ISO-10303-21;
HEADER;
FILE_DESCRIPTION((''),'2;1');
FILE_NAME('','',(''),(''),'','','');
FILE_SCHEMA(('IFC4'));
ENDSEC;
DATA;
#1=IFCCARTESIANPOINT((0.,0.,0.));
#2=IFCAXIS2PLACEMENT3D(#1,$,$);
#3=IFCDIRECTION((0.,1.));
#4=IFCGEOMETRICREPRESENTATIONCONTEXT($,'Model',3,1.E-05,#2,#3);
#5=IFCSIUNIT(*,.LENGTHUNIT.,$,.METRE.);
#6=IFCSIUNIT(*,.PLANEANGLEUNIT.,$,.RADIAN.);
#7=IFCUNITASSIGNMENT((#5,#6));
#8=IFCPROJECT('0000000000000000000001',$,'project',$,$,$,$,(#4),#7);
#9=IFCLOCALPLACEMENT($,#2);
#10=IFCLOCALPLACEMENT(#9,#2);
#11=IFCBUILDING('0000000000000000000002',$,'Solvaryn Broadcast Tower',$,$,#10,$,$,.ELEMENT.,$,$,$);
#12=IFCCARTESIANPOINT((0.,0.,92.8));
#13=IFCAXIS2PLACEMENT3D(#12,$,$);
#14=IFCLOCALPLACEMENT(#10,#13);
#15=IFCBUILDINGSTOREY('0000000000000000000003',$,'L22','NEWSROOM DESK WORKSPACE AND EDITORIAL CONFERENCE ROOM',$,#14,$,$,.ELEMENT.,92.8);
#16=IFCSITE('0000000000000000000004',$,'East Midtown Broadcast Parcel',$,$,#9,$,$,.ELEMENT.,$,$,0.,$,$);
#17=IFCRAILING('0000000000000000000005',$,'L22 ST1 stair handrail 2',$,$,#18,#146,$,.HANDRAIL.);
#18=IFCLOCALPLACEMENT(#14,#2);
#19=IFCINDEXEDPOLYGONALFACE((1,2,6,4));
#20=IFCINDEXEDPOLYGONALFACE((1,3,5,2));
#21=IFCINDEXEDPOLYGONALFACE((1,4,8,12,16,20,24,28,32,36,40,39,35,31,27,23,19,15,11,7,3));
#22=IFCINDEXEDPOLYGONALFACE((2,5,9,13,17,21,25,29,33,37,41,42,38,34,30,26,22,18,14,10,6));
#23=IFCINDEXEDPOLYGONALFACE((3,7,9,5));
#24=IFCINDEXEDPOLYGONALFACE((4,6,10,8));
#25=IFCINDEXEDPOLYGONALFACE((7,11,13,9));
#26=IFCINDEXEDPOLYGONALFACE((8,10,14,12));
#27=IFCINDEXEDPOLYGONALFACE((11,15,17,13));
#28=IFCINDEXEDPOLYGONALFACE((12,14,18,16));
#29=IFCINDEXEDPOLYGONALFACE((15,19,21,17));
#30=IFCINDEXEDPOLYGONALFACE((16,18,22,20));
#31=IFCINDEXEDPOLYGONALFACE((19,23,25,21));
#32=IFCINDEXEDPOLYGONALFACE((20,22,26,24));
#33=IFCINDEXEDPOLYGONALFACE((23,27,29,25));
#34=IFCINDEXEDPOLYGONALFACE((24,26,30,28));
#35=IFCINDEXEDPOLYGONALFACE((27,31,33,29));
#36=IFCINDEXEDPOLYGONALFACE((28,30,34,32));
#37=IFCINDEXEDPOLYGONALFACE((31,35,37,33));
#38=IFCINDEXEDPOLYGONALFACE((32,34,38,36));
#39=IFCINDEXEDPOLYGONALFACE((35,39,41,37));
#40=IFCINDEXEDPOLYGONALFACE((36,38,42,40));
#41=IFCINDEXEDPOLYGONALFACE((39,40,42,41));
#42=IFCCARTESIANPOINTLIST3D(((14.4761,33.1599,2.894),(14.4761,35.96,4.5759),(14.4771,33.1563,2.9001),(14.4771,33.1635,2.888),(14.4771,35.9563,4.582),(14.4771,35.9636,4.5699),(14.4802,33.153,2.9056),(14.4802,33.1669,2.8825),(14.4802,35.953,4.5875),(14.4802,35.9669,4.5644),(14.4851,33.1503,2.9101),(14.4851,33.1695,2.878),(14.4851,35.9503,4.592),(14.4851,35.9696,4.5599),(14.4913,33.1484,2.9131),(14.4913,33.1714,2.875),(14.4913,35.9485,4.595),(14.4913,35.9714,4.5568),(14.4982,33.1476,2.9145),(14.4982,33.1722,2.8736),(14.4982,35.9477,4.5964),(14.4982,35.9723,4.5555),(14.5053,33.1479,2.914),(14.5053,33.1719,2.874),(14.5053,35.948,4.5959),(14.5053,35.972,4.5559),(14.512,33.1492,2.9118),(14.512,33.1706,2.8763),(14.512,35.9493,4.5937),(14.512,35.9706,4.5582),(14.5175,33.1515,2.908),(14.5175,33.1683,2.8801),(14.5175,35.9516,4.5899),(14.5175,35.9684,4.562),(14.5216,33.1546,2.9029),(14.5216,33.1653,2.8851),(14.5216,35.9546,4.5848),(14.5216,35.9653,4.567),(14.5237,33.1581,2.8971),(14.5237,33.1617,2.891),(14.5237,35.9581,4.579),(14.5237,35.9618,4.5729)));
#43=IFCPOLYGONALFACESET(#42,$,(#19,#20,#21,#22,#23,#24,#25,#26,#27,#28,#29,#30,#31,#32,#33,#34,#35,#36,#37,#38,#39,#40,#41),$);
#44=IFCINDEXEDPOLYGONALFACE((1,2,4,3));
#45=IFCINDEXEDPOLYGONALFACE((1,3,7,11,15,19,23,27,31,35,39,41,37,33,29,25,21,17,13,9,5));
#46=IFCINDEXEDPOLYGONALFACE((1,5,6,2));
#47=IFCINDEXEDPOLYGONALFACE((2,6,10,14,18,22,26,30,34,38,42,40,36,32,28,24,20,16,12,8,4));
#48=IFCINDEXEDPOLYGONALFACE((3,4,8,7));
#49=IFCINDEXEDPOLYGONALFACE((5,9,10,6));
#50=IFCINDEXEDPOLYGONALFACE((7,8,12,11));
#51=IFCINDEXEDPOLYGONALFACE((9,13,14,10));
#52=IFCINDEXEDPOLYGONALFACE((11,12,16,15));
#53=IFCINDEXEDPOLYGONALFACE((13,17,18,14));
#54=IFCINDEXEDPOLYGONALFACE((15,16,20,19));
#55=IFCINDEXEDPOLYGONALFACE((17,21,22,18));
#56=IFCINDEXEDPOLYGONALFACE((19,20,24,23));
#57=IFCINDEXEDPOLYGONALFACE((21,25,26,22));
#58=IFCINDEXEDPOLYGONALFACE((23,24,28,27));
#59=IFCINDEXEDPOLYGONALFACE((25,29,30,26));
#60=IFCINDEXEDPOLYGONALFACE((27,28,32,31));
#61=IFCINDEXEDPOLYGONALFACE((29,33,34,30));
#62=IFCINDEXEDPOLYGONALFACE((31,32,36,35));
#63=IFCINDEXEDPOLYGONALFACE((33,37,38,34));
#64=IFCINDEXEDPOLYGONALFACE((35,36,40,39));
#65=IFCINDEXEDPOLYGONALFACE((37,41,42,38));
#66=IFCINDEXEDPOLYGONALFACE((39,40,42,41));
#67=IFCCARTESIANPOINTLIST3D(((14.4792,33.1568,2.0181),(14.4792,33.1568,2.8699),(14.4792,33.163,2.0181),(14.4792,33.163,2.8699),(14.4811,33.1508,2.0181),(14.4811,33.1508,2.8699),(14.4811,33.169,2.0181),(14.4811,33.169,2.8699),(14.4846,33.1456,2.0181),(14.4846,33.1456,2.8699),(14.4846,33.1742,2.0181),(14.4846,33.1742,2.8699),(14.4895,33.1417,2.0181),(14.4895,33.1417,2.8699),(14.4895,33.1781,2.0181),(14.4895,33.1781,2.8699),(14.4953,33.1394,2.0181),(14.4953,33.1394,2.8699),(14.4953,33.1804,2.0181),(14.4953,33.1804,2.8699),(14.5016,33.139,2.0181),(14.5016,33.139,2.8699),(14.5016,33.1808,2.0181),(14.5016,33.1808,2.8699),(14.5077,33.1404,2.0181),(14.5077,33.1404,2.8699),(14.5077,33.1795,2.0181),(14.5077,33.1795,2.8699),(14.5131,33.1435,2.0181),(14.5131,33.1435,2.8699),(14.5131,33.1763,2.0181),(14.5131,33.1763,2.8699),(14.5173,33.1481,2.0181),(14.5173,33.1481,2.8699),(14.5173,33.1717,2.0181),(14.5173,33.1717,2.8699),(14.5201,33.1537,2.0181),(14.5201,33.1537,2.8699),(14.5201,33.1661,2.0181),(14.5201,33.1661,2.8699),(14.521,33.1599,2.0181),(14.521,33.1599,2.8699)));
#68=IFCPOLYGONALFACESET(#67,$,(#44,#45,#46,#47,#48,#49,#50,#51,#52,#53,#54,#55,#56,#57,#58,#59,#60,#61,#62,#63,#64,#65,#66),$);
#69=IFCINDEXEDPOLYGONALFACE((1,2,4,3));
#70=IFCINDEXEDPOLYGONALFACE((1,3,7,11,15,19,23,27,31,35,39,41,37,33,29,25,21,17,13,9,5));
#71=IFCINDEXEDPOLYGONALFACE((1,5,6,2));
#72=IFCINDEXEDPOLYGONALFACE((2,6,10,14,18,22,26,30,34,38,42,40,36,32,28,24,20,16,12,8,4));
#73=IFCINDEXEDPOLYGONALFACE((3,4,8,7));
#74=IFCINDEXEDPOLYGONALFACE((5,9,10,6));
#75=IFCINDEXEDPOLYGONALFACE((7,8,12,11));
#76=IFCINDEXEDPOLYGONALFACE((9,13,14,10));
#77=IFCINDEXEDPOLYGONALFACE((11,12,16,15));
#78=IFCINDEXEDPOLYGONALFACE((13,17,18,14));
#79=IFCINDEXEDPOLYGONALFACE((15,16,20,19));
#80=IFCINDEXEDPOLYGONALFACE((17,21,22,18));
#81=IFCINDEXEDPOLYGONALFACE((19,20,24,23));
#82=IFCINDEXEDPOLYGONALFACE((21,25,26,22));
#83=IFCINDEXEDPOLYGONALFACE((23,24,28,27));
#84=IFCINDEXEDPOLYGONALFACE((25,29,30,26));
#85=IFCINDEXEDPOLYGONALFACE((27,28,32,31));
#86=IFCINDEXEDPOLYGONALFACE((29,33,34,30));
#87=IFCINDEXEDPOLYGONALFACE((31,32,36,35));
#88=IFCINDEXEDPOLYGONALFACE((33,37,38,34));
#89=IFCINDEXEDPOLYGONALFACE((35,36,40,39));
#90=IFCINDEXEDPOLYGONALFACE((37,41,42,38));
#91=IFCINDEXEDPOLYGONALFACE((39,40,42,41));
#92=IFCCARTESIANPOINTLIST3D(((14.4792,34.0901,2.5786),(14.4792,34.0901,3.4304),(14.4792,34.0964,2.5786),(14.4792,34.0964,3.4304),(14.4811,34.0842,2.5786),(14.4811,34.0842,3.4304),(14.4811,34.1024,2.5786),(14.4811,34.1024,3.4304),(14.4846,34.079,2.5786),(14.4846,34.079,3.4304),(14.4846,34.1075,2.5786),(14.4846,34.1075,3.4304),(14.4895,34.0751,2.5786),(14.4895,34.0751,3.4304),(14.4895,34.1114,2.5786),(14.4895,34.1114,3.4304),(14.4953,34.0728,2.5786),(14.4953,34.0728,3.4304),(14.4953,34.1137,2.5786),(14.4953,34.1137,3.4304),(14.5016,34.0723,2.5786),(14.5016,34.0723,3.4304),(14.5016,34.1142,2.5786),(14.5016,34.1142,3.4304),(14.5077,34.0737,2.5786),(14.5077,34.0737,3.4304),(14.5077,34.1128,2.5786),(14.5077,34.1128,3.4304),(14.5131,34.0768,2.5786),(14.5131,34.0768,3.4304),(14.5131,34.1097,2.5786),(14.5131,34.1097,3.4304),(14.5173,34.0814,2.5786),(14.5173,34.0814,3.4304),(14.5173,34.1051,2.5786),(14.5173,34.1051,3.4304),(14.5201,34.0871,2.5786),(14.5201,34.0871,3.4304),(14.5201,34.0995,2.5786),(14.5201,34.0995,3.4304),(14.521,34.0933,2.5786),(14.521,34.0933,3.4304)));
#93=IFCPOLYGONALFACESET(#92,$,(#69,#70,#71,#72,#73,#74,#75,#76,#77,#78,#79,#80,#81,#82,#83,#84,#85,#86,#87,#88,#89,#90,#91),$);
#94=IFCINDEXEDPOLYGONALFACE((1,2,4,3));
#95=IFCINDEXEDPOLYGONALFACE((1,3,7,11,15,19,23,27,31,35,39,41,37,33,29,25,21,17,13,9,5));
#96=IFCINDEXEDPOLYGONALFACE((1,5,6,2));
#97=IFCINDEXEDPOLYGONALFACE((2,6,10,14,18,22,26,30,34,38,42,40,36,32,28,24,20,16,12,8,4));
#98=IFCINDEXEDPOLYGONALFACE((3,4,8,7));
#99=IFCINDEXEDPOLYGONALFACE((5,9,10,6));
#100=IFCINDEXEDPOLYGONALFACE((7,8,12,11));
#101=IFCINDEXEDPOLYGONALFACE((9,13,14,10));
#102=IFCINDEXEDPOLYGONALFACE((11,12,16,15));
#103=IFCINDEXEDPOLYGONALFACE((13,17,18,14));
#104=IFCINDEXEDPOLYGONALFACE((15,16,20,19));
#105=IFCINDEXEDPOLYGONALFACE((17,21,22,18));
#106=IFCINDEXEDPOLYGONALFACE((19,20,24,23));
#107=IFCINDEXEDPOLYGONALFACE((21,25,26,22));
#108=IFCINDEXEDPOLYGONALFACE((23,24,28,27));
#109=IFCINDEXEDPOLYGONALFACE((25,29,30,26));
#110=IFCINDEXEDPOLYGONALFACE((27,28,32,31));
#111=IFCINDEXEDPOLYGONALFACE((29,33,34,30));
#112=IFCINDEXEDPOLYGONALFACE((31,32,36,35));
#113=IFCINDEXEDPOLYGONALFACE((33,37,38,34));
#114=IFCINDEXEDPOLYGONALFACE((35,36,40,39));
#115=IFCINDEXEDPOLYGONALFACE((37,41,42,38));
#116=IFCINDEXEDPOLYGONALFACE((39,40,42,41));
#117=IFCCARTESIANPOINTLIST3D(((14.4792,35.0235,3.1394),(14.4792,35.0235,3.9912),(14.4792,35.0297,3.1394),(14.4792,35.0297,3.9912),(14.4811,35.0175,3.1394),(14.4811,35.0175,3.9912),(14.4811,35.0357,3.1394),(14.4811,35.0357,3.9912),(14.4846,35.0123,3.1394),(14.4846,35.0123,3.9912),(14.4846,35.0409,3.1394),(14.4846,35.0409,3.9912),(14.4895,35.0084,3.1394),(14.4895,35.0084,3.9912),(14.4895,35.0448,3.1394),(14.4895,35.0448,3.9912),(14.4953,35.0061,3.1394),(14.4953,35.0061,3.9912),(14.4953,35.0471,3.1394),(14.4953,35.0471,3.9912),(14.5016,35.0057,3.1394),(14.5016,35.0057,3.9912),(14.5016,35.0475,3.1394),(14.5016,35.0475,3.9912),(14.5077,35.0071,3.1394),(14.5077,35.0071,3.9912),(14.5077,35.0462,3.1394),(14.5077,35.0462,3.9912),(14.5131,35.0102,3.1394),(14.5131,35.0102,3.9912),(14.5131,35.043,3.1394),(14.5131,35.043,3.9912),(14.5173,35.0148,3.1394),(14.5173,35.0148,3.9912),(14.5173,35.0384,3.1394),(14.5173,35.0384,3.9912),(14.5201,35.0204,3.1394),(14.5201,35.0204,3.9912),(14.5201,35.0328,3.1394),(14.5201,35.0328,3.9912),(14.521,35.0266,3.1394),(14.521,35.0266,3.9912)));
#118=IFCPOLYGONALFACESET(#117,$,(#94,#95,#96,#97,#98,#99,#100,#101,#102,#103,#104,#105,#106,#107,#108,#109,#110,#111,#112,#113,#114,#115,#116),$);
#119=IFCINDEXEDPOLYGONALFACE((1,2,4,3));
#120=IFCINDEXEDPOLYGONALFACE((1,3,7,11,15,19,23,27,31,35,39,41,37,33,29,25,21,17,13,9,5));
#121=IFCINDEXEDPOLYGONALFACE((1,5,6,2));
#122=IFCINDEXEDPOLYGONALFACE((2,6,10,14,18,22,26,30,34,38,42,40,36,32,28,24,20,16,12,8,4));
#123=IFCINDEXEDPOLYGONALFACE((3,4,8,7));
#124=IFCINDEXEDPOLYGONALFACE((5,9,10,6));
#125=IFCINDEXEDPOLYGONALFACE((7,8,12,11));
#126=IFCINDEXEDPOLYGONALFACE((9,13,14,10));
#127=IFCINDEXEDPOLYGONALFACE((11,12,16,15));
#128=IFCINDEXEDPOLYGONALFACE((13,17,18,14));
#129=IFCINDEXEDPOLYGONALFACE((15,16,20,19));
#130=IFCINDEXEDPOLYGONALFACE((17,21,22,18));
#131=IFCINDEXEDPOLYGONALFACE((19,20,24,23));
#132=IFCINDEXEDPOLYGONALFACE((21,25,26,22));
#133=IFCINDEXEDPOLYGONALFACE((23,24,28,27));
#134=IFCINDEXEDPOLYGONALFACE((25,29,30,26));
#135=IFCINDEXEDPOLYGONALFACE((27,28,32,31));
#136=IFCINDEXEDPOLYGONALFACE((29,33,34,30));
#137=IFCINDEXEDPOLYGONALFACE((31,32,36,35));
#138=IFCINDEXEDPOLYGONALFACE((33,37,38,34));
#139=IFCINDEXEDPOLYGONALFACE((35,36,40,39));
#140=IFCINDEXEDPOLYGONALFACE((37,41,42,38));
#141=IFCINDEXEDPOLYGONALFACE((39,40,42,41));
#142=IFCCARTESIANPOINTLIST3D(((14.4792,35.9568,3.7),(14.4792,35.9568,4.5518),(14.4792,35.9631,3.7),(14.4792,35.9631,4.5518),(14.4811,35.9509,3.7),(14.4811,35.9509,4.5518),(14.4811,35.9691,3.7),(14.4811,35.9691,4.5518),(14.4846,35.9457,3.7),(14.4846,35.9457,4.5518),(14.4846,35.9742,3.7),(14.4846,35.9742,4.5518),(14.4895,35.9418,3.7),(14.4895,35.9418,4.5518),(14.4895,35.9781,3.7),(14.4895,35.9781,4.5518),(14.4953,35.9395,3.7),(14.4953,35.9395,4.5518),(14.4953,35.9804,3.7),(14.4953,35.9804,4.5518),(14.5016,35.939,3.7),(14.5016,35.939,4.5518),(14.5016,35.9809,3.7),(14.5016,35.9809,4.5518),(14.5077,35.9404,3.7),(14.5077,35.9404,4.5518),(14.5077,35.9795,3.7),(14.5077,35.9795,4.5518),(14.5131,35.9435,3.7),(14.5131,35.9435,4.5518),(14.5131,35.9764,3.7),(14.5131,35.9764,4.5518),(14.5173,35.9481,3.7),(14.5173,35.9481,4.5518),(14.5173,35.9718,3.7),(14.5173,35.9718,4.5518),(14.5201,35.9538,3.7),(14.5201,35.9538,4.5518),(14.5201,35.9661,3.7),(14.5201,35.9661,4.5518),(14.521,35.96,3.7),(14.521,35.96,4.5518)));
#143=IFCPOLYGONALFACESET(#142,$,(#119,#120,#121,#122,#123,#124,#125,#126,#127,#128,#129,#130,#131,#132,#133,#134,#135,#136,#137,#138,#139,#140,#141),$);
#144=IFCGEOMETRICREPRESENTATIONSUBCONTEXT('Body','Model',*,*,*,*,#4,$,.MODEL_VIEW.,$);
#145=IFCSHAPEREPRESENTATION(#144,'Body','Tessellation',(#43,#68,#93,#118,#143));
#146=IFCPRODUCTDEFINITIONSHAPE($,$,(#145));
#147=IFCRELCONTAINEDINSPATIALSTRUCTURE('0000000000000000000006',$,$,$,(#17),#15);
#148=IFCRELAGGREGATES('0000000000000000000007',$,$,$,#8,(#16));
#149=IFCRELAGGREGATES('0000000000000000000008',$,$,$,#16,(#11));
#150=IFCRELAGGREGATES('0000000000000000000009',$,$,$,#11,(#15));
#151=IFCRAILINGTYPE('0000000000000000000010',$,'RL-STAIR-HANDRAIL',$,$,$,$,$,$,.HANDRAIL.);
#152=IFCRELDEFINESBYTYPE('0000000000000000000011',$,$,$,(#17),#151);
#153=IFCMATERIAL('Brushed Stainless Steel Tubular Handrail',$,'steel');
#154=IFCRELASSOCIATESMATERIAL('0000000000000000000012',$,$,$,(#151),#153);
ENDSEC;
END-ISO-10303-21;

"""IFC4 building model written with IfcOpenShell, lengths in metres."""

from ifc_helpers import new_model, si_unit, direction, frame, origin, origin_2d, place, context, subcontext, project, spatial, circle, extrude, material, type_object, element, save


model = new_model("IFC4")

# Units and contexts
model_context = context("Model", 3, precision=1e-05, world=origin(), true_north=direction((0.0, 1.0)))
body_context = subcontext(model_context, "Body", "Model", "MODEL_VIEW")
ifc_project = project(units=[si_unit("LENGTHUNIT", "METRE"), si_unit("PLANEANGLEUNIT", "RADIAN")], contexts=[model_context])

# Site, building, storey
site_placement = place(None, origin())
site = spatial("IfcSite", under=ifc_project, at=site_placement, Name="East Midtown Broadcast Parcel", CompositionType="ELEMENT", RefElevation=0.0)
building_placement = place(site_placement, origin())
building = spatial("IfcBuilding", under=site, at=building_placement, Name="Solvaryn Broadcast Tower", CompositionType="ELEMENT")
storey_placement = place(building_placement, frame((0.0, 0.0, 92.8)))
storey = spatial("IfcBuildingStorey", under=building, at=storey_placement, Name="L22", Description="NEWSROOM DESK WORKSPACE AND EDITORIAL CONFERENCE ROOM", CompositionType="ELEMENT", Elevation=92.8)

# Railing
ifc_material_1 = material(Name="Brushed Stainless Steel Tubular Handrail", Category="steel")
railing_type_1 = type_object("IfcRailingType", Name="RL-STAIR-HANDRAIL", PredefinedType="HANDRAIL", material=ifc_material_1)
railing_1_placement = place(storey_placement, frame((14.5, 33.1599, 2.0181)))
element("IfcRailing", 1, at=railing_1_placement, inside=storey, type_object=railing_type_1, Name="L22 ST1 stair handrail 2", PredefinedType="HANDRAIL", context=body_context, shape_type="SweptSolid", body=[
    extrude(circle(Radius=0.0239, at=origin_2d()), frame((0.0, 0.0, 0.876), z_axis=(0.0, 0.857242, 0.514913), x_axis=(-1.0, 0.0, 0.0)), (0.0, 0.0, 1.0), 3.2664),
    extrude(circle(Radius=0.021, at=origin_2d()), origin(), (0.0, 0.0, 1.0), 0.8518),
    extrude(circle(Radius=0.021, at=origin_2d()), frame((0.0, 0.9333, 0.5605)), (0.0, 0.0, 1.0), 0.8518),
    extrude(circle(Radius=0.021, at=origin_2d()), frame((0.0, 1.8667, 1.1213)), (0.0, 0.0, 1.0), 0.8518),
    extrude(circle(Radius=0.021, at=origin_2d()), frame((0.0, 2.8, 1.6819)), (0.0, 0.0, 1.0), 0.8518),
])

save(model, "model.ifc")
